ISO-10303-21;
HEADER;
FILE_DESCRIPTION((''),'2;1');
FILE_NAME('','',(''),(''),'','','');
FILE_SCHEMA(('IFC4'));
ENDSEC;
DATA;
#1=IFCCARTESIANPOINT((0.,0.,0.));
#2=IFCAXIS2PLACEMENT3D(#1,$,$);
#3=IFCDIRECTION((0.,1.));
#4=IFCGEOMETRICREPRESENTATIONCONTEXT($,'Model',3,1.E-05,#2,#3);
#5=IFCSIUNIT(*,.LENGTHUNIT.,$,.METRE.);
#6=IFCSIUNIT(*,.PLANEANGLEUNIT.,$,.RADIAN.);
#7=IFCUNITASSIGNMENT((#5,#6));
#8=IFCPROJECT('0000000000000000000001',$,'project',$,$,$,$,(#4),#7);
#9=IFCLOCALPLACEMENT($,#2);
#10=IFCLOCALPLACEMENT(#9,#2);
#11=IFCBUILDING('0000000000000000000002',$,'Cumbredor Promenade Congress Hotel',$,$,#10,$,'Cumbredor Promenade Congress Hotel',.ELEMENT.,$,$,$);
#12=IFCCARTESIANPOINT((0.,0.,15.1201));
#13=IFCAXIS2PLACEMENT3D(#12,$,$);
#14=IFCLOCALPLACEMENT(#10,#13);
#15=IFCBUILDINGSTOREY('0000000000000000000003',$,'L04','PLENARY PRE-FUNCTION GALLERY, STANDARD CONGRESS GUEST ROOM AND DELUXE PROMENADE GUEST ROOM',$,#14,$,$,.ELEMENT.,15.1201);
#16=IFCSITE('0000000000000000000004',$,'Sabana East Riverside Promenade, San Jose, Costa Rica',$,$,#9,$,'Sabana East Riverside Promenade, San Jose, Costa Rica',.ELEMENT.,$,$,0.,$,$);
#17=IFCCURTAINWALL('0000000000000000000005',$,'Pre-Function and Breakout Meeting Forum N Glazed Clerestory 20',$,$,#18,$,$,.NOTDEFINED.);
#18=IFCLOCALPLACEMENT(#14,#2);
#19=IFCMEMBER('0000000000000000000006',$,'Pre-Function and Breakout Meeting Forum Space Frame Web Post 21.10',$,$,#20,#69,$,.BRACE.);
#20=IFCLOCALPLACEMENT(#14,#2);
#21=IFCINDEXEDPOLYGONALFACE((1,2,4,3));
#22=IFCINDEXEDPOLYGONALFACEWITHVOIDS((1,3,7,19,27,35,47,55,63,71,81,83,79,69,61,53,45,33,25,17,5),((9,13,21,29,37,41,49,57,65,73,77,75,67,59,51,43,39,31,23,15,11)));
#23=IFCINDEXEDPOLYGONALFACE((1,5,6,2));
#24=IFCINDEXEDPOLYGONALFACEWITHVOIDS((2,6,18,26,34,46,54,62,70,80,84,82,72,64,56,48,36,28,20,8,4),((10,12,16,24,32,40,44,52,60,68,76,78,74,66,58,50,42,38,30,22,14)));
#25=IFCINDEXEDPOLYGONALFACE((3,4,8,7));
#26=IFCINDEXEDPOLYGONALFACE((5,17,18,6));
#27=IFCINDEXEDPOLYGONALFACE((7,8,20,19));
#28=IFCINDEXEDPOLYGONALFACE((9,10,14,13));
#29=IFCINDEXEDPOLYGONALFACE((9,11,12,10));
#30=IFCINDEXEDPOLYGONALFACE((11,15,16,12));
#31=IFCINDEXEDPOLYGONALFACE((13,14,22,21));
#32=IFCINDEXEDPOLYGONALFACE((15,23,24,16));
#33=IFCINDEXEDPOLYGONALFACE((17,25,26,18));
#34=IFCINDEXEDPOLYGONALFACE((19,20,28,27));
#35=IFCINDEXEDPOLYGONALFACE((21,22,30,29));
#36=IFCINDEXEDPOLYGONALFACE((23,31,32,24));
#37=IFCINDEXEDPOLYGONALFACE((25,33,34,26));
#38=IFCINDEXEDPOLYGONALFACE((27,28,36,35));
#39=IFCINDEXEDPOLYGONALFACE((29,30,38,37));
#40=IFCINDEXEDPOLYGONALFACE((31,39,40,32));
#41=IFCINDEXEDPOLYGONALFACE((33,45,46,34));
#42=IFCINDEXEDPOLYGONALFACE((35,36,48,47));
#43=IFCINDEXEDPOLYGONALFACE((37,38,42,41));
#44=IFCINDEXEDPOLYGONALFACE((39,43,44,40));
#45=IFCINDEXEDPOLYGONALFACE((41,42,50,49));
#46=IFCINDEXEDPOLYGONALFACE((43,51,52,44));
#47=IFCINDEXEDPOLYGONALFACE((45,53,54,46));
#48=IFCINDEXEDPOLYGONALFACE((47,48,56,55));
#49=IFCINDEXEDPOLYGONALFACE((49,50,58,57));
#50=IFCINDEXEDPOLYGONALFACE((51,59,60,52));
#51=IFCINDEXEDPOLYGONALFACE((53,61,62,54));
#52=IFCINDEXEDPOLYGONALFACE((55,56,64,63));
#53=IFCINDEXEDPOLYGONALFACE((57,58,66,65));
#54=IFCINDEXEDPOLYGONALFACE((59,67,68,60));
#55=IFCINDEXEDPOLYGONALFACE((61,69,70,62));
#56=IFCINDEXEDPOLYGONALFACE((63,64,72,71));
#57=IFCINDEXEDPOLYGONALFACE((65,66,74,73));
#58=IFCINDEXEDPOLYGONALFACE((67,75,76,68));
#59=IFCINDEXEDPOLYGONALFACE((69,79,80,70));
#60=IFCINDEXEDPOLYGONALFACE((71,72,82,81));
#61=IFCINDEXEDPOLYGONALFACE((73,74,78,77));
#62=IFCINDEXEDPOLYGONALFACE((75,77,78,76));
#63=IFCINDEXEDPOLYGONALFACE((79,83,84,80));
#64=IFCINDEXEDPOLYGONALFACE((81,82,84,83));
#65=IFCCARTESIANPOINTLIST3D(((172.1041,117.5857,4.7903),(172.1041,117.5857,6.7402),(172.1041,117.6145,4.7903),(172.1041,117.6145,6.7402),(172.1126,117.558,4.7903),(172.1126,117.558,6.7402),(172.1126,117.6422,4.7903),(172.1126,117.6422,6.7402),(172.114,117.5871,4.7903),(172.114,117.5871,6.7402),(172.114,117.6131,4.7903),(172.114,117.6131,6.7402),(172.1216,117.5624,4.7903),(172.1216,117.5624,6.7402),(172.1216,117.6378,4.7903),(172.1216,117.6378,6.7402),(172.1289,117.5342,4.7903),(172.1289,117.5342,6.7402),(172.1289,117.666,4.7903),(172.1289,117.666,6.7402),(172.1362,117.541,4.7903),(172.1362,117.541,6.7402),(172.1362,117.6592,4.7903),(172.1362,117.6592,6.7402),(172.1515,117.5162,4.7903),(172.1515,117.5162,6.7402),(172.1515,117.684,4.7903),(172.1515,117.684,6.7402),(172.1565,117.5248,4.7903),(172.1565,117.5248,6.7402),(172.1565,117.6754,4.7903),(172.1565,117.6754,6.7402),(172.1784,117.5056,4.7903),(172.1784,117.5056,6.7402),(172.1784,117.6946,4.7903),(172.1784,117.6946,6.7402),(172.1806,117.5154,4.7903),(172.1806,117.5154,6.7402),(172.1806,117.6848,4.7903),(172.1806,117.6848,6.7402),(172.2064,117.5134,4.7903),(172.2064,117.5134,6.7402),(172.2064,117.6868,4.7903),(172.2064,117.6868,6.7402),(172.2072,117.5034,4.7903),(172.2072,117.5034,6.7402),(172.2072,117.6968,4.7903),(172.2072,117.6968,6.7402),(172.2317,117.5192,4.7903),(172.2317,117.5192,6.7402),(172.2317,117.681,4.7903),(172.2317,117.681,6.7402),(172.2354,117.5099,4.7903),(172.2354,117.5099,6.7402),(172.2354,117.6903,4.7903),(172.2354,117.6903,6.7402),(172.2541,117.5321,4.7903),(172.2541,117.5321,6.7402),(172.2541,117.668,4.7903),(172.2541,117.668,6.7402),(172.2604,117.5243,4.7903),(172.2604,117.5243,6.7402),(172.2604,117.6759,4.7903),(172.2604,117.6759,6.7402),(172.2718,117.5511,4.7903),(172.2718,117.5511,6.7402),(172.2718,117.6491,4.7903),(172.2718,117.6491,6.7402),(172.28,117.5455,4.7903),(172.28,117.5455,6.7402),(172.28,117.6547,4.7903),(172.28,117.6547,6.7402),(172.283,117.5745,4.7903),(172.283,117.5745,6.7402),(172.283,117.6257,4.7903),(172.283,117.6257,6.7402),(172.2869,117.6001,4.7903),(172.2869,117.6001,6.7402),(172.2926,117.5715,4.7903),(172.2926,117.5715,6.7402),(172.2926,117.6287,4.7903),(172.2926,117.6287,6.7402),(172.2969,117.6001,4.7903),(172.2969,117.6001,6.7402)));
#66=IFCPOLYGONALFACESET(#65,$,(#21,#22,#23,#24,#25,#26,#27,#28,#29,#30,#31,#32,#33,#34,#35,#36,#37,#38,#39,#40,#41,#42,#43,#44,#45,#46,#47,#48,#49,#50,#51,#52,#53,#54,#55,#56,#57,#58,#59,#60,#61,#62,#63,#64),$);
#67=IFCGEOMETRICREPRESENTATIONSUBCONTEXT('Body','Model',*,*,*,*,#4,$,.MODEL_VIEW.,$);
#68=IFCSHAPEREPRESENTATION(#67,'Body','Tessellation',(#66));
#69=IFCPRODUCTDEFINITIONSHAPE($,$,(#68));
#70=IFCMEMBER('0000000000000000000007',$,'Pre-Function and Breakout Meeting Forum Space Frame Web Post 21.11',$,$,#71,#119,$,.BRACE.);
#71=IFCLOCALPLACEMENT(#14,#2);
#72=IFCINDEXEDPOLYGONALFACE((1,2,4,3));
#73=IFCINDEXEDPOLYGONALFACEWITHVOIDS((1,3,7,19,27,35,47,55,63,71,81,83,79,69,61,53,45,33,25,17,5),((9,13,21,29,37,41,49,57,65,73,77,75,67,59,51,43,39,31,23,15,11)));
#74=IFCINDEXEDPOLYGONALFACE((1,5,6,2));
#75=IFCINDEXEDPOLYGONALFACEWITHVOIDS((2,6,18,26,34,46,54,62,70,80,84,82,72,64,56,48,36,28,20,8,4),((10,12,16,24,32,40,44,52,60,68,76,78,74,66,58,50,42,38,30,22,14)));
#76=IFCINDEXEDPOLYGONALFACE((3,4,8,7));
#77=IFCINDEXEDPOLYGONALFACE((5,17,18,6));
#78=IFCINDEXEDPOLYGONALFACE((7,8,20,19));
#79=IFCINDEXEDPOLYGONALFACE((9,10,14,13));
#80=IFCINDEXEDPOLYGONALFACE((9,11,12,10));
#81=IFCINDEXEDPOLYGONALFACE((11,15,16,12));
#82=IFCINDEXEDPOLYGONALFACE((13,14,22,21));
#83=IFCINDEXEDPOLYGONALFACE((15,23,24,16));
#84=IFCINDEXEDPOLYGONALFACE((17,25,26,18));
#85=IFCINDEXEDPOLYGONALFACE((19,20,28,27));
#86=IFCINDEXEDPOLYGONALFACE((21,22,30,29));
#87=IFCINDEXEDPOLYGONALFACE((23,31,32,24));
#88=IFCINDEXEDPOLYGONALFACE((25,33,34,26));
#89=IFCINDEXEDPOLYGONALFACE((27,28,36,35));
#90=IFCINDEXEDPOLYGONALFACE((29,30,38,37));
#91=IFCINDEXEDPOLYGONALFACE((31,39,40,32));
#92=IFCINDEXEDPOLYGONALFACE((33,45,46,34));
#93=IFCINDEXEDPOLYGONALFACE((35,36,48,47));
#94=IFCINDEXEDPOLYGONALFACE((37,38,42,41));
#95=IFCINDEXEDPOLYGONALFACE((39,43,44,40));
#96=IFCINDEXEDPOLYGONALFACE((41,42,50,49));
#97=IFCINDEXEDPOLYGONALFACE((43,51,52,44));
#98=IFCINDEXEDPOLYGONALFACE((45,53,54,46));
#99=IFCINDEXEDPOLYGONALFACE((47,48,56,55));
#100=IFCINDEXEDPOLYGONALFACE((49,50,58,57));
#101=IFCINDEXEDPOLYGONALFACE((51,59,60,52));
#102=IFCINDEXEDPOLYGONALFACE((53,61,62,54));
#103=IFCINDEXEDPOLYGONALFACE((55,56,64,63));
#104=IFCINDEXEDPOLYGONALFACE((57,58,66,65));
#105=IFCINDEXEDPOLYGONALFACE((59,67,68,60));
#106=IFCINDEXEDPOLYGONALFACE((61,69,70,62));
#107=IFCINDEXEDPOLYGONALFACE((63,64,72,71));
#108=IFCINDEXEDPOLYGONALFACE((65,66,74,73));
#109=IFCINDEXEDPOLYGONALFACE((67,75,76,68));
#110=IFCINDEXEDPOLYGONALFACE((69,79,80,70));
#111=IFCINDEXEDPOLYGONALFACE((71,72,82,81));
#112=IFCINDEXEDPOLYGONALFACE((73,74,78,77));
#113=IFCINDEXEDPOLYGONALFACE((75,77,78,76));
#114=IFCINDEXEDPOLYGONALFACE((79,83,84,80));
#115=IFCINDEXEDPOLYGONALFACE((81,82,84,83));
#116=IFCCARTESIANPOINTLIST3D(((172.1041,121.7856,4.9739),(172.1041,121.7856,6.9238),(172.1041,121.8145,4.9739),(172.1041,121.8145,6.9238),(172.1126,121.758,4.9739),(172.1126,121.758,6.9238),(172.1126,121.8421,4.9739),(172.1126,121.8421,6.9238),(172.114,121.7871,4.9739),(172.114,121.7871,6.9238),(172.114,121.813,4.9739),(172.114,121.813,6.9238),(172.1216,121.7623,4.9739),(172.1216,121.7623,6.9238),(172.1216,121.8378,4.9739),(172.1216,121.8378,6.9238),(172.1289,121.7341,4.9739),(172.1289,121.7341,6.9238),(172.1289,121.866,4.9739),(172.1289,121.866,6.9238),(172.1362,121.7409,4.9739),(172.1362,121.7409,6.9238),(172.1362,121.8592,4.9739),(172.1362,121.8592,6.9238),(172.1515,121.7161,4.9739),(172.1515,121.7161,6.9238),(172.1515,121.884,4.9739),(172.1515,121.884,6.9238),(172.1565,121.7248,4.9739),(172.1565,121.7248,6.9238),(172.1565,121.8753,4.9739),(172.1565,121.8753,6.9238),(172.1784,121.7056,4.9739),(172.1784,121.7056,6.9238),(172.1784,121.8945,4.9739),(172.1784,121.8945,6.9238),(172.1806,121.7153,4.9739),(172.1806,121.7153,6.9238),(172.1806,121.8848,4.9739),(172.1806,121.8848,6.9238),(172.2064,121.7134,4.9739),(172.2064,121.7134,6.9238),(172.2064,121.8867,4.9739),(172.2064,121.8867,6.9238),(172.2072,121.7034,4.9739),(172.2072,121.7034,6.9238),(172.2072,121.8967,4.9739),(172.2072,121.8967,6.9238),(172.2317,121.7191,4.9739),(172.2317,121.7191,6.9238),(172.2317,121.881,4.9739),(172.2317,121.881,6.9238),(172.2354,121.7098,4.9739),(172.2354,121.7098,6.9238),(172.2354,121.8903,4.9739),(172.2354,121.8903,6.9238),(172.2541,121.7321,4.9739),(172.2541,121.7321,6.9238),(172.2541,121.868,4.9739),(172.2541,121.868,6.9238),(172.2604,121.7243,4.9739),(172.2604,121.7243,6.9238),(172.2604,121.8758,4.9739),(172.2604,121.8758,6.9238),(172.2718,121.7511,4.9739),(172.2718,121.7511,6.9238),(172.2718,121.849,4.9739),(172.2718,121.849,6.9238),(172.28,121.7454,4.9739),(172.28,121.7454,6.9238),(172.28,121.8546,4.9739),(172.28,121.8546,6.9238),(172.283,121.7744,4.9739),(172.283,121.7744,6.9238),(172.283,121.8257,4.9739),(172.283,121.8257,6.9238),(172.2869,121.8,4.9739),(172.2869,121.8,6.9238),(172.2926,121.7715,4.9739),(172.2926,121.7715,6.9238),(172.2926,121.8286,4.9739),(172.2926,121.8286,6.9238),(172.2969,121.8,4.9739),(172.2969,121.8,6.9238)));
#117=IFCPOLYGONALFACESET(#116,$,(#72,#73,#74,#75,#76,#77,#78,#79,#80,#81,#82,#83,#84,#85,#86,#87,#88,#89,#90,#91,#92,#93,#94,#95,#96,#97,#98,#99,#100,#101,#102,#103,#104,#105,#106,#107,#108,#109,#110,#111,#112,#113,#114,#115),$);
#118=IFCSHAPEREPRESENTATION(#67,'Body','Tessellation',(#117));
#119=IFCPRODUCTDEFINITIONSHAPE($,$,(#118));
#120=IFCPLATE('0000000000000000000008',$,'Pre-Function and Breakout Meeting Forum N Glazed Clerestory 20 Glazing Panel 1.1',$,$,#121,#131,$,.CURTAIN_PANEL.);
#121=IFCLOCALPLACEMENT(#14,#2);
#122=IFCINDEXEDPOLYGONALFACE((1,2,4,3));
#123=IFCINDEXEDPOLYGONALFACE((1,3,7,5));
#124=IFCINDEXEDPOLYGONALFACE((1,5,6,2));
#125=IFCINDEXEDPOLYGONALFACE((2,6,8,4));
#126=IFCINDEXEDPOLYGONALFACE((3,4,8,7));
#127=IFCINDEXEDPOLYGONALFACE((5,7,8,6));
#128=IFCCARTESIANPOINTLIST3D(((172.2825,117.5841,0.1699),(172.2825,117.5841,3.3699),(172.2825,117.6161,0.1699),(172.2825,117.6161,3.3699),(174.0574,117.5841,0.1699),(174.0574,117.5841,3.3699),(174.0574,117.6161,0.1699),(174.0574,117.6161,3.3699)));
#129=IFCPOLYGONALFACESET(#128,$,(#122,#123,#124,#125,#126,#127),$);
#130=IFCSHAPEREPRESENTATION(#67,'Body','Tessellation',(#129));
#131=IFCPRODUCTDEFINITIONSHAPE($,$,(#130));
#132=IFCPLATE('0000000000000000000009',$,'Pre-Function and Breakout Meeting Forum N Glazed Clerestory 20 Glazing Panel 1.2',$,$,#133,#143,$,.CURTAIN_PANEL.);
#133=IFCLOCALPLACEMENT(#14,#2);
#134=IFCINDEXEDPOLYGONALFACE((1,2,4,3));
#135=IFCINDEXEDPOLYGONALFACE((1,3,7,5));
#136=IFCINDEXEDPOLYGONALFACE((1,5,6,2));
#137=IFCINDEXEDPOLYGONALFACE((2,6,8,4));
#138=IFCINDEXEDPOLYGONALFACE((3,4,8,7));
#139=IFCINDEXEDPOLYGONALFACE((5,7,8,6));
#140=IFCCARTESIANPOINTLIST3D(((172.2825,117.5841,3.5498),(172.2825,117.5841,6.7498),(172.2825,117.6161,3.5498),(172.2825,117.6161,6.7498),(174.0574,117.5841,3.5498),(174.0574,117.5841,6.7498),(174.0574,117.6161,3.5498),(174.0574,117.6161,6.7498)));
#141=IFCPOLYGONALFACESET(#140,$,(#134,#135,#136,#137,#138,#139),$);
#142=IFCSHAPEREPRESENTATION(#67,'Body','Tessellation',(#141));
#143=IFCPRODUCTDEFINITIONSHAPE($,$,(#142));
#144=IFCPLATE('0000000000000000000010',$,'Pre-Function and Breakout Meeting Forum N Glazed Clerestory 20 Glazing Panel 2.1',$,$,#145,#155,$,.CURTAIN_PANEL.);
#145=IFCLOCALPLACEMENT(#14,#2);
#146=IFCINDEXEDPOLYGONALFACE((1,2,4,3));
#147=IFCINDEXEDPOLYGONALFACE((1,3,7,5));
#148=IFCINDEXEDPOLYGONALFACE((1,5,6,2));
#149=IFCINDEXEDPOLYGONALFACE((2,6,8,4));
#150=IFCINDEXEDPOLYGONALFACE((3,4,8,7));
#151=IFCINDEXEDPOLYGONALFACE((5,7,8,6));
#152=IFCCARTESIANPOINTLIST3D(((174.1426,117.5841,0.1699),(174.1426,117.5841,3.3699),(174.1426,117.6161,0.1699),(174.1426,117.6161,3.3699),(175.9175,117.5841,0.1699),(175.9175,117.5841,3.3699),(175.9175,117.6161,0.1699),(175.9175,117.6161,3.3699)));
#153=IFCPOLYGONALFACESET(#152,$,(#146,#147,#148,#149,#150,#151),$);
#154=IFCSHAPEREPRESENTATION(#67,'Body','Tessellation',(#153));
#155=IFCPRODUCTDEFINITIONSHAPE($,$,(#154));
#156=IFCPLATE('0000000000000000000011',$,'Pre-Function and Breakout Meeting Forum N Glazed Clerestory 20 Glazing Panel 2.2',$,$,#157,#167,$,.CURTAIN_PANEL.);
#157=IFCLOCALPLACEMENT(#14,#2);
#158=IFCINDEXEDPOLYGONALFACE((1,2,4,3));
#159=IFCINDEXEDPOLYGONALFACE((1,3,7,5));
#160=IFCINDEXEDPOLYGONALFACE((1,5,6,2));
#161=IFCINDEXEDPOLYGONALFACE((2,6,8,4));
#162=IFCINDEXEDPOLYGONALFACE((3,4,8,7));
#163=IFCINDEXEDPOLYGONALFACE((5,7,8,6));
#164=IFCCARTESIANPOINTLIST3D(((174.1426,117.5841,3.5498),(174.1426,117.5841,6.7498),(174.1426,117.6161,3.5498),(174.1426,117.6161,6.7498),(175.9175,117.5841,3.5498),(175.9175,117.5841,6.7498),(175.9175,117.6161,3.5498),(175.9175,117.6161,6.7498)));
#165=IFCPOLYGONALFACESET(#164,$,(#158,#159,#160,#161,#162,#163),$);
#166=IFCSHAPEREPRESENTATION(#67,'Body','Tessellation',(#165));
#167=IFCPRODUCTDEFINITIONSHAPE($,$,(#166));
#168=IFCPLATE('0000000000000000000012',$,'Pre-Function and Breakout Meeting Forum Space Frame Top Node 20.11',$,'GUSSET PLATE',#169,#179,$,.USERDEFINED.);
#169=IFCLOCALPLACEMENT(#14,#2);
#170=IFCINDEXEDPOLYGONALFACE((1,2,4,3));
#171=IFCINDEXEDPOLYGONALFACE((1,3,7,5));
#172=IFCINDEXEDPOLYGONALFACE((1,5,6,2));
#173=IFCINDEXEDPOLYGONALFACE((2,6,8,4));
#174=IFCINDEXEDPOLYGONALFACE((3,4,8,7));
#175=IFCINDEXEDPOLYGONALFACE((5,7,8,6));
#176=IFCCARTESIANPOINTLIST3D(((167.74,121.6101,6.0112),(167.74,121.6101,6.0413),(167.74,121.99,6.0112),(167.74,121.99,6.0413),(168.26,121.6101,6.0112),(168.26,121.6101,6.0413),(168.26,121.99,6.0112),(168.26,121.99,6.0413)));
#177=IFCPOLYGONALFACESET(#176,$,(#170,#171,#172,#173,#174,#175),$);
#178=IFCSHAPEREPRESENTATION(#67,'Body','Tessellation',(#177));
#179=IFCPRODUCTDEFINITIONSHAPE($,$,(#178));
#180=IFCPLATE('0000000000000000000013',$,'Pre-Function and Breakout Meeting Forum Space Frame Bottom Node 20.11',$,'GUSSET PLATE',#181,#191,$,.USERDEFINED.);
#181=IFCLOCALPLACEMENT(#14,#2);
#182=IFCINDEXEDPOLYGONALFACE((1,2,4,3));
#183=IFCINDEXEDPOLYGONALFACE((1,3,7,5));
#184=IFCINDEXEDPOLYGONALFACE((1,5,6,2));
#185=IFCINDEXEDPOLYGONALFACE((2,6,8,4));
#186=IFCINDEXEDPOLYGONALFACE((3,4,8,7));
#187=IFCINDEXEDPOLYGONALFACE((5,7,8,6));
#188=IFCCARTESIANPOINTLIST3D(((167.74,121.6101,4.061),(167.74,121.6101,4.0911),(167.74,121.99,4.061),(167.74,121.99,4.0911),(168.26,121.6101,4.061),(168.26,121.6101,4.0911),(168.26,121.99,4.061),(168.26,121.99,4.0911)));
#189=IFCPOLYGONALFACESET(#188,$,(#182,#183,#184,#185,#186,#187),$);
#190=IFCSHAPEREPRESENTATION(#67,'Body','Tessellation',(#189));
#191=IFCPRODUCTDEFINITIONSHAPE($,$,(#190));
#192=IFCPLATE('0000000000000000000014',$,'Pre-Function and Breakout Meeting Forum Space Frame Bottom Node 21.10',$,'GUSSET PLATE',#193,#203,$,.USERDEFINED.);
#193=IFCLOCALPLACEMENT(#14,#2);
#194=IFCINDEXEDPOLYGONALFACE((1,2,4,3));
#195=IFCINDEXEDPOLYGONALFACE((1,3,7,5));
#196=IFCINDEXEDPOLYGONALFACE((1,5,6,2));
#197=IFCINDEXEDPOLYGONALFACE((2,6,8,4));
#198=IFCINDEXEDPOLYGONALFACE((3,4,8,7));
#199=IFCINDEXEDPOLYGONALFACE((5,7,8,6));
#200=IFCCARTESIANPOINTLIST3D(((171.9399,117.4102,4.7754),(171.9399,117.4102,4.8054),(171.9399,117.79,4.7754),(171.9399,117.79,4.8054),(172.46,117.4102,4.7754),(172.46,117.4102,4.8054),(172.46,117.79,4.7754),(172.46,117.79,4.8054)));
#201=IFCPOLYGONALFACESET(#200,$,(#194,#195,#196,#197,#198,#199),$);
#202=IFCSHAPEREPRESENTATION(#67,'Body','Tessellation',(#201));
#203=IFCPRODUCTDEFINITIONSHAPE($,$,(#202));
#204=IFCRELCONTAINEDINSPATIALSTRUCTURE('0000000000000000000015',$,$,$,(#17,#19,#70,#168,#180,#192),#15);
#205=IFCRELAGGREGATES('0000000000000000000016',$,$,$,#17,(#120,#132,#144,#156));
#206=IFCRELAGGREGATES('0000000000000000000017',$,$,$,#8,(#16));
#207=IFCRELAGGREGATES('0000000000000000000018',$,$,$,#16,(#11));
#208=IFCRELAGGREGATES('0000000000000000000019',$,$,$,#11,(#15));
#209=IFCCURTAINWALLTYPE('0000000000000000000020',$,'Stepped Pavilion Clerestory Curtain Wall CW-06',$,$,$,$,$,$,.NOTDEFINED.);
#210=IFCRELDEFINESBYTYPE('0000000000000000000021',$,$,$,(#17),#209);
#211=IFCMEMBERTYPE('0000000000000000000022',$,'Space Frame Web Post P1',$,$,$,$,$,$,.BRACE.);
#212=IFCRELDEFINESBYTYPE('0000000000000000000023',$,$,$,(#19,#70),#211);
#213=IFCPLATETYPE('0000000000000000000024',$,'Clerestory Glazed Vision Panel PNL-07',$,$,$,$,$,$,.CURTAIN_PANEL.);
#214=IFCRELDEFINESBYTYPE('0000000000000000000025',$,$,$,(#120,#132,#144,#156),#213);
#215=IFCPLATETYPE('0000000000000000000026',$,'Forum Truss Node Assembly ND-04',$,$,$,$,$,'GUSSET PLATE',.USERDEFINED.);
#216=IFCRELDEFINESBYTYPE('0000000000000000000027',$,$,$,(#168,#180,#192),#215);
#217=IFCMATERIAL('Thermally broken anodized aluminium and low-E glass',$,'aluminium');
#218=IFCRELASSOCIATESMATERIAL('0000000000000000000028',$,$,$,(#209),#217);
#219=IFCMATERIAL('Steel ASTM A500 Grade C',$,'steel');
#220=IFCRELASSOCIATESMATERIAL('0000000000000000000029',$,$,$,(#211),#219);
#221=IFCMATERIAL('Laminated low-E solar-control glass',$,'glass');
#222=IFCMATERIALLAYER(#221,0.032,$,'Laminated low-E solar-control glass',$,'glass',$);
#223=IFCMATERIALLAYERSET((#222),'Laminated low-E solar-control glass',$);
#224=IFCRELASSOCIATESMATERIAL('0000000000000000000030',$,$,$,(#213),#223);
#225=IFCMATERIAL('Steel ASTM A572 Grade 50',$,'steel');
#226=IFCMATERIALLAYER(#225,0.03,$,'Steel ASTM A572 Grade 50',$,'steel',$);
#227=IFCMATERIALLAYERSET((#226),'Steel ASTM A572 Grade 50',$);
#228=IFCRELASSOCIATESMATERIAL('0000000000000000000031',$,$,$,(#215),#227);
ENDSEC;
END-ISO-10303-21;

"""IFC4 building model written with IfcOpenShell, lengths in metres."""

from ifc_helpers import new_model, si_unit, direction, frame, origin, origin_2d, place, context, subcontext, project, spatial, rectangle, hollow_circle, extrude, material, layer, layer_set, material_profile, profile_set, type_object, element, aggregate, save


model = new_model("IFC4")

# Units and contexts
model_context = context("Model", 3, precision=1e-05, world=origin(), true_north=direction((0.0, 1.0)))
body_context = subcontext(model_context, "Body", "Model", "MODEL_VIEW")
ifc_project = project(units=[si_unit("LENGTHUNIT", "METRE"), si_unit("PLANEANGLEUNIT", "RADIAN")], contexts=[model_context])

# Site, building, storey
site_placement = place(None, origin())
site = spatial("IfcSite", under=ifc_project, at=site_placement, Name="Sabana East Riverside Promenade, San Jose, Costa Rica", LongName="Sabana East Riverside Promenade, San Jose, Costa Rica", CompositionType="ELEMENT", RefElevation=0.0)
building_placement = place(site_placement, origin())
building = spatial("IfcBuilding", under=site, at=building_placement, Name="Cumbredor Promenade Congress Hotel", LongName="Cumbredor Promenade Congress Hotel", CompositionType="ELEMENT")
storey_placement = place(building_placement, frame((0.0, 0.0, 15.1201)))
storey = spatial("IfcBuildingStorey", under=building, at=storey_placement, Name="L04", Description="PLENARY PRE-FUNCTION GALLERY, STANDARD CONGRESS GUEST ROOM AND DELUXE PROMENADE GUEST ROOM", CompositionType="ELEMENT", Elevation=15.1201)

# Curtain wall
ifc_material_1 = material(Name="Thermally broken anodized aluminium and low-E glass", Category="aluminium")
curtain_wall_type = type_object("IfcCurtainWallType", Name="Stepped Pavilion Clerestory Curtain Wall CW-06", PredefinedType="NOTDEFINED", material=ifc_material_1)
curtain_wall_placement = place(storey_placement, origin())
curtain_wall = element("IfcCurtainWall", 1, at=curtain_wall_placement, inside=storey, type_object=curtain_wall_type, Name="Pre-Function and Breakout Meeting Forum N Glazed Clerestory 20", PredefinedType="NOTDEFINED")

# Members
ifc_material_2 = material(Name="Steel ASTM A500 Grade C", Category="steel")
ifc_material_profile_1 = material_profile(ifc_material_2, hollow_circle(Radius=0.0969, WallThickness=0.01, at=origin_2d()), Name="CHS 193.7x10")
ifc_profile_set_1 = profile_set([ifc_material_profile_1], Name="Steel ASTM A500 Grade C")
member_type_1 = type_object("IfcMemberType", Name="Space Frame Web Post P1", PredefinedType="BRACE", material=ifc_profile_set_1)
for number, where, z_axis, x_axis, name in (
    (2, (172.2, 117.6001, 4.7903), (0.0, 0.0, 1.0), (1.0, 0.0, 0.0), "Pre-Function and Breakout Meeting Forum Space Frame Web Post 21.10"),
    (3, (172.2, 121.8, 4.9739), (0.0, 0.0, 1.0), (1.0, 0.0, 0.0), "Pre-Function and Breakout Meeting Forum Space Frame Web Post 21.11"),
):
    element("IfcMember", number, at=place(storey_placement, frame(where, z_axis=z_axis, x_axis=x_axis)), inside=storey, type_object=member_type_1, Name=name, PredefinedType="BRACE", context=body_context, shape_type="SweptSolid", body=[
        extrude(hollow_circle(Radius=0.0969, WallThickness=0.01, at=origin_2d()), origin(), (0.0, 0.0, 1.0), 1.95),
    ])

# Plates
ifc_material_3 = material(Name="Laminated low-E solar-control glass", Category="glass")
ifc_layer_1 = layer(ifc_material_3, 0.032, Name="Laminated low-E solar-control glass", Category="glass")
ifc_layer_set_1 = layer_set([ifc_layer_1], Name="Laminated low-E solar-control glass")
plate_type_1 = type_object("IfcPlateType", Name="Clerestory Glazed Vision Panel PNL-07", PredefinedType="CURTAIN_PANEL", material=ifc_layer_set_1)
plate_1_placement = place(storey_placement, frame((173.1699, 117.6001, 0.1699), z_axis=(0.0, 0.0, 1.0), x_axis=(1.0, 0.0, 0.0)))
plate_1 = element("IfcPlate", 4, at=plate_1_placement, type_object=plate_type_1, Name="Pre-Function and Breakout Meeting Forum N Glazed Clerestory 20 Glazing Panel 1.1", PredefinedType="CURTAIN_PANEL", context=body_context, shape_type="SweptSolid", body=[
    extrude(rectangle(XDim=1.7749, YDim=0.032, at=origin_2d()), origin(), (0.0, 0.0, 1.0), 3.2),
])
plate_2_placement = place(storey_placement, frame((173.1699, 117.6001, 3.5498), z_axis=(0.0, 0.0, 1.0), x_axis=(1.0, 0.0, 0.0)))
plate_2 = element("IfcPlate", 5, at=plate_2_placement, type_object=plate_type_1, Name="Pre-Function and Breakout Meeting Forum N Glazed Clerestory 20 Glazing Panel 1.2", PredefinedType="CURTAIN_PANEL", context=body_context, shape_type="SweptSolid", body=[
    extrude(rectangle(XDim=1.7749, YDim=0.032, at=origin_2d()), origin(), (0.0, 0.0, 1.0), 3.2),
])
plate_3_placement = place(storey_placement, frame((175.03, 117.6001, 0.1699), z_axis=(0.0, 0.0, 1.0), x_axis=(1.0, 0.0, 0.0)))
plate_3 = element("IfcPlate", 6, at=plate_3_placement, type_object=plate_type_1, Name="Pre-Function and Breakout Meeting Forum N Glazed Clerestory 20 Glazing Panel 2.1", PredefinedType="CURTAIN_PANEL", context=body_context, shape_type="SweptSolid", body=[
    extrude(rectangle(XDim=1.7749, YDim=0.032, at=origin_2d()), origin(), (0.0, 0.0, 1.0), 3.2),
])
plate_4_placement = place(storey_placement, frame((175.03, 117.6001, 3.5498), z_axis=(0.0, 0.0, 1.0), x_axis=(1.0, 0.0, 0.0)))
plate_4 = element("IfcPlate", 7, at=plate_4_placement, type_object=plate_type_1, Name="Pre-Function and Breakout Meeting Forum N Glazed Clerestory 20 Glazing Panel 2.2", PredefinedType="CURTAIN_PANEL", context=body_context, shape_type="SweptSolid", body=[
    extrude(rectangle(XDim=1.7749, YDim=0.032, at=origin_2d()), origin(), (0.0, 0.0, 1.0), 3.2),
])
aggregate(curtain_wall, [plate_1, plate_2, plate_3, plate_4])

# Plates
ifc_material_4 = material(Name="Steel ASTM A572 Grade 50", Category="steel")
ifc_layer_2 = layer(ifc_material_4, 0.03, Name="Steel ASTM A572 Grade 50", Category="steel")
ifc_layer_set_2 = layer_set([ifc_layer_2], Name="Steel ASTM A572 Grade 50")
plate_type_2 = type_object("IfcPlateType", Name="Forum Truss Node Assembly ND-04", ElementType="GUSSET PLATE", PredefinedType="USERDEFINED", material=ifc_layer_set_2)
for number, where, z_axis, x_axis, name in (
    (8, (168.0, 121.8, 6.0112), (0.0, 0.0, 1.0), (1.0, 0.0, 0.0), "Pre-Function and Breakout Meeting Forum Space Frame Top Node 20.11"),
    (9, (168.0, 121.8, 4.061), (0.0, 0.0, 1.0), (1.0, 0.0, 0.0), "Pre-Function and Breakout Meeting Forum Space Frame Bottom Node 20.11"),
    (10, (172.2, 117.6001, 4.7754), (0.0, 0.0, 1.0), (1.0, 0.0, 0.0), "Pre-Function and Breakout Meeting Forum Space Frame Bottom Node 21.10"),
):
    element("IfcPlate", number, at=place(storey_placement, frame(where, z_axis=z_axis, x_axis=x_axis)), inside=storey, type_object=plate_type_2, Name=name, ObjectType="GUSSET PLATE", PredefinedType="USERDEFINED", context=body_context, shape_type="SweptSolid", body=[
        extrude(rectangle(XDim=0.52, YDim=0.3799, at=origin_2d()), origin(), (0.0, 0.0, 1.0), 0.03),
    ])

save(model, "model.ifc")
